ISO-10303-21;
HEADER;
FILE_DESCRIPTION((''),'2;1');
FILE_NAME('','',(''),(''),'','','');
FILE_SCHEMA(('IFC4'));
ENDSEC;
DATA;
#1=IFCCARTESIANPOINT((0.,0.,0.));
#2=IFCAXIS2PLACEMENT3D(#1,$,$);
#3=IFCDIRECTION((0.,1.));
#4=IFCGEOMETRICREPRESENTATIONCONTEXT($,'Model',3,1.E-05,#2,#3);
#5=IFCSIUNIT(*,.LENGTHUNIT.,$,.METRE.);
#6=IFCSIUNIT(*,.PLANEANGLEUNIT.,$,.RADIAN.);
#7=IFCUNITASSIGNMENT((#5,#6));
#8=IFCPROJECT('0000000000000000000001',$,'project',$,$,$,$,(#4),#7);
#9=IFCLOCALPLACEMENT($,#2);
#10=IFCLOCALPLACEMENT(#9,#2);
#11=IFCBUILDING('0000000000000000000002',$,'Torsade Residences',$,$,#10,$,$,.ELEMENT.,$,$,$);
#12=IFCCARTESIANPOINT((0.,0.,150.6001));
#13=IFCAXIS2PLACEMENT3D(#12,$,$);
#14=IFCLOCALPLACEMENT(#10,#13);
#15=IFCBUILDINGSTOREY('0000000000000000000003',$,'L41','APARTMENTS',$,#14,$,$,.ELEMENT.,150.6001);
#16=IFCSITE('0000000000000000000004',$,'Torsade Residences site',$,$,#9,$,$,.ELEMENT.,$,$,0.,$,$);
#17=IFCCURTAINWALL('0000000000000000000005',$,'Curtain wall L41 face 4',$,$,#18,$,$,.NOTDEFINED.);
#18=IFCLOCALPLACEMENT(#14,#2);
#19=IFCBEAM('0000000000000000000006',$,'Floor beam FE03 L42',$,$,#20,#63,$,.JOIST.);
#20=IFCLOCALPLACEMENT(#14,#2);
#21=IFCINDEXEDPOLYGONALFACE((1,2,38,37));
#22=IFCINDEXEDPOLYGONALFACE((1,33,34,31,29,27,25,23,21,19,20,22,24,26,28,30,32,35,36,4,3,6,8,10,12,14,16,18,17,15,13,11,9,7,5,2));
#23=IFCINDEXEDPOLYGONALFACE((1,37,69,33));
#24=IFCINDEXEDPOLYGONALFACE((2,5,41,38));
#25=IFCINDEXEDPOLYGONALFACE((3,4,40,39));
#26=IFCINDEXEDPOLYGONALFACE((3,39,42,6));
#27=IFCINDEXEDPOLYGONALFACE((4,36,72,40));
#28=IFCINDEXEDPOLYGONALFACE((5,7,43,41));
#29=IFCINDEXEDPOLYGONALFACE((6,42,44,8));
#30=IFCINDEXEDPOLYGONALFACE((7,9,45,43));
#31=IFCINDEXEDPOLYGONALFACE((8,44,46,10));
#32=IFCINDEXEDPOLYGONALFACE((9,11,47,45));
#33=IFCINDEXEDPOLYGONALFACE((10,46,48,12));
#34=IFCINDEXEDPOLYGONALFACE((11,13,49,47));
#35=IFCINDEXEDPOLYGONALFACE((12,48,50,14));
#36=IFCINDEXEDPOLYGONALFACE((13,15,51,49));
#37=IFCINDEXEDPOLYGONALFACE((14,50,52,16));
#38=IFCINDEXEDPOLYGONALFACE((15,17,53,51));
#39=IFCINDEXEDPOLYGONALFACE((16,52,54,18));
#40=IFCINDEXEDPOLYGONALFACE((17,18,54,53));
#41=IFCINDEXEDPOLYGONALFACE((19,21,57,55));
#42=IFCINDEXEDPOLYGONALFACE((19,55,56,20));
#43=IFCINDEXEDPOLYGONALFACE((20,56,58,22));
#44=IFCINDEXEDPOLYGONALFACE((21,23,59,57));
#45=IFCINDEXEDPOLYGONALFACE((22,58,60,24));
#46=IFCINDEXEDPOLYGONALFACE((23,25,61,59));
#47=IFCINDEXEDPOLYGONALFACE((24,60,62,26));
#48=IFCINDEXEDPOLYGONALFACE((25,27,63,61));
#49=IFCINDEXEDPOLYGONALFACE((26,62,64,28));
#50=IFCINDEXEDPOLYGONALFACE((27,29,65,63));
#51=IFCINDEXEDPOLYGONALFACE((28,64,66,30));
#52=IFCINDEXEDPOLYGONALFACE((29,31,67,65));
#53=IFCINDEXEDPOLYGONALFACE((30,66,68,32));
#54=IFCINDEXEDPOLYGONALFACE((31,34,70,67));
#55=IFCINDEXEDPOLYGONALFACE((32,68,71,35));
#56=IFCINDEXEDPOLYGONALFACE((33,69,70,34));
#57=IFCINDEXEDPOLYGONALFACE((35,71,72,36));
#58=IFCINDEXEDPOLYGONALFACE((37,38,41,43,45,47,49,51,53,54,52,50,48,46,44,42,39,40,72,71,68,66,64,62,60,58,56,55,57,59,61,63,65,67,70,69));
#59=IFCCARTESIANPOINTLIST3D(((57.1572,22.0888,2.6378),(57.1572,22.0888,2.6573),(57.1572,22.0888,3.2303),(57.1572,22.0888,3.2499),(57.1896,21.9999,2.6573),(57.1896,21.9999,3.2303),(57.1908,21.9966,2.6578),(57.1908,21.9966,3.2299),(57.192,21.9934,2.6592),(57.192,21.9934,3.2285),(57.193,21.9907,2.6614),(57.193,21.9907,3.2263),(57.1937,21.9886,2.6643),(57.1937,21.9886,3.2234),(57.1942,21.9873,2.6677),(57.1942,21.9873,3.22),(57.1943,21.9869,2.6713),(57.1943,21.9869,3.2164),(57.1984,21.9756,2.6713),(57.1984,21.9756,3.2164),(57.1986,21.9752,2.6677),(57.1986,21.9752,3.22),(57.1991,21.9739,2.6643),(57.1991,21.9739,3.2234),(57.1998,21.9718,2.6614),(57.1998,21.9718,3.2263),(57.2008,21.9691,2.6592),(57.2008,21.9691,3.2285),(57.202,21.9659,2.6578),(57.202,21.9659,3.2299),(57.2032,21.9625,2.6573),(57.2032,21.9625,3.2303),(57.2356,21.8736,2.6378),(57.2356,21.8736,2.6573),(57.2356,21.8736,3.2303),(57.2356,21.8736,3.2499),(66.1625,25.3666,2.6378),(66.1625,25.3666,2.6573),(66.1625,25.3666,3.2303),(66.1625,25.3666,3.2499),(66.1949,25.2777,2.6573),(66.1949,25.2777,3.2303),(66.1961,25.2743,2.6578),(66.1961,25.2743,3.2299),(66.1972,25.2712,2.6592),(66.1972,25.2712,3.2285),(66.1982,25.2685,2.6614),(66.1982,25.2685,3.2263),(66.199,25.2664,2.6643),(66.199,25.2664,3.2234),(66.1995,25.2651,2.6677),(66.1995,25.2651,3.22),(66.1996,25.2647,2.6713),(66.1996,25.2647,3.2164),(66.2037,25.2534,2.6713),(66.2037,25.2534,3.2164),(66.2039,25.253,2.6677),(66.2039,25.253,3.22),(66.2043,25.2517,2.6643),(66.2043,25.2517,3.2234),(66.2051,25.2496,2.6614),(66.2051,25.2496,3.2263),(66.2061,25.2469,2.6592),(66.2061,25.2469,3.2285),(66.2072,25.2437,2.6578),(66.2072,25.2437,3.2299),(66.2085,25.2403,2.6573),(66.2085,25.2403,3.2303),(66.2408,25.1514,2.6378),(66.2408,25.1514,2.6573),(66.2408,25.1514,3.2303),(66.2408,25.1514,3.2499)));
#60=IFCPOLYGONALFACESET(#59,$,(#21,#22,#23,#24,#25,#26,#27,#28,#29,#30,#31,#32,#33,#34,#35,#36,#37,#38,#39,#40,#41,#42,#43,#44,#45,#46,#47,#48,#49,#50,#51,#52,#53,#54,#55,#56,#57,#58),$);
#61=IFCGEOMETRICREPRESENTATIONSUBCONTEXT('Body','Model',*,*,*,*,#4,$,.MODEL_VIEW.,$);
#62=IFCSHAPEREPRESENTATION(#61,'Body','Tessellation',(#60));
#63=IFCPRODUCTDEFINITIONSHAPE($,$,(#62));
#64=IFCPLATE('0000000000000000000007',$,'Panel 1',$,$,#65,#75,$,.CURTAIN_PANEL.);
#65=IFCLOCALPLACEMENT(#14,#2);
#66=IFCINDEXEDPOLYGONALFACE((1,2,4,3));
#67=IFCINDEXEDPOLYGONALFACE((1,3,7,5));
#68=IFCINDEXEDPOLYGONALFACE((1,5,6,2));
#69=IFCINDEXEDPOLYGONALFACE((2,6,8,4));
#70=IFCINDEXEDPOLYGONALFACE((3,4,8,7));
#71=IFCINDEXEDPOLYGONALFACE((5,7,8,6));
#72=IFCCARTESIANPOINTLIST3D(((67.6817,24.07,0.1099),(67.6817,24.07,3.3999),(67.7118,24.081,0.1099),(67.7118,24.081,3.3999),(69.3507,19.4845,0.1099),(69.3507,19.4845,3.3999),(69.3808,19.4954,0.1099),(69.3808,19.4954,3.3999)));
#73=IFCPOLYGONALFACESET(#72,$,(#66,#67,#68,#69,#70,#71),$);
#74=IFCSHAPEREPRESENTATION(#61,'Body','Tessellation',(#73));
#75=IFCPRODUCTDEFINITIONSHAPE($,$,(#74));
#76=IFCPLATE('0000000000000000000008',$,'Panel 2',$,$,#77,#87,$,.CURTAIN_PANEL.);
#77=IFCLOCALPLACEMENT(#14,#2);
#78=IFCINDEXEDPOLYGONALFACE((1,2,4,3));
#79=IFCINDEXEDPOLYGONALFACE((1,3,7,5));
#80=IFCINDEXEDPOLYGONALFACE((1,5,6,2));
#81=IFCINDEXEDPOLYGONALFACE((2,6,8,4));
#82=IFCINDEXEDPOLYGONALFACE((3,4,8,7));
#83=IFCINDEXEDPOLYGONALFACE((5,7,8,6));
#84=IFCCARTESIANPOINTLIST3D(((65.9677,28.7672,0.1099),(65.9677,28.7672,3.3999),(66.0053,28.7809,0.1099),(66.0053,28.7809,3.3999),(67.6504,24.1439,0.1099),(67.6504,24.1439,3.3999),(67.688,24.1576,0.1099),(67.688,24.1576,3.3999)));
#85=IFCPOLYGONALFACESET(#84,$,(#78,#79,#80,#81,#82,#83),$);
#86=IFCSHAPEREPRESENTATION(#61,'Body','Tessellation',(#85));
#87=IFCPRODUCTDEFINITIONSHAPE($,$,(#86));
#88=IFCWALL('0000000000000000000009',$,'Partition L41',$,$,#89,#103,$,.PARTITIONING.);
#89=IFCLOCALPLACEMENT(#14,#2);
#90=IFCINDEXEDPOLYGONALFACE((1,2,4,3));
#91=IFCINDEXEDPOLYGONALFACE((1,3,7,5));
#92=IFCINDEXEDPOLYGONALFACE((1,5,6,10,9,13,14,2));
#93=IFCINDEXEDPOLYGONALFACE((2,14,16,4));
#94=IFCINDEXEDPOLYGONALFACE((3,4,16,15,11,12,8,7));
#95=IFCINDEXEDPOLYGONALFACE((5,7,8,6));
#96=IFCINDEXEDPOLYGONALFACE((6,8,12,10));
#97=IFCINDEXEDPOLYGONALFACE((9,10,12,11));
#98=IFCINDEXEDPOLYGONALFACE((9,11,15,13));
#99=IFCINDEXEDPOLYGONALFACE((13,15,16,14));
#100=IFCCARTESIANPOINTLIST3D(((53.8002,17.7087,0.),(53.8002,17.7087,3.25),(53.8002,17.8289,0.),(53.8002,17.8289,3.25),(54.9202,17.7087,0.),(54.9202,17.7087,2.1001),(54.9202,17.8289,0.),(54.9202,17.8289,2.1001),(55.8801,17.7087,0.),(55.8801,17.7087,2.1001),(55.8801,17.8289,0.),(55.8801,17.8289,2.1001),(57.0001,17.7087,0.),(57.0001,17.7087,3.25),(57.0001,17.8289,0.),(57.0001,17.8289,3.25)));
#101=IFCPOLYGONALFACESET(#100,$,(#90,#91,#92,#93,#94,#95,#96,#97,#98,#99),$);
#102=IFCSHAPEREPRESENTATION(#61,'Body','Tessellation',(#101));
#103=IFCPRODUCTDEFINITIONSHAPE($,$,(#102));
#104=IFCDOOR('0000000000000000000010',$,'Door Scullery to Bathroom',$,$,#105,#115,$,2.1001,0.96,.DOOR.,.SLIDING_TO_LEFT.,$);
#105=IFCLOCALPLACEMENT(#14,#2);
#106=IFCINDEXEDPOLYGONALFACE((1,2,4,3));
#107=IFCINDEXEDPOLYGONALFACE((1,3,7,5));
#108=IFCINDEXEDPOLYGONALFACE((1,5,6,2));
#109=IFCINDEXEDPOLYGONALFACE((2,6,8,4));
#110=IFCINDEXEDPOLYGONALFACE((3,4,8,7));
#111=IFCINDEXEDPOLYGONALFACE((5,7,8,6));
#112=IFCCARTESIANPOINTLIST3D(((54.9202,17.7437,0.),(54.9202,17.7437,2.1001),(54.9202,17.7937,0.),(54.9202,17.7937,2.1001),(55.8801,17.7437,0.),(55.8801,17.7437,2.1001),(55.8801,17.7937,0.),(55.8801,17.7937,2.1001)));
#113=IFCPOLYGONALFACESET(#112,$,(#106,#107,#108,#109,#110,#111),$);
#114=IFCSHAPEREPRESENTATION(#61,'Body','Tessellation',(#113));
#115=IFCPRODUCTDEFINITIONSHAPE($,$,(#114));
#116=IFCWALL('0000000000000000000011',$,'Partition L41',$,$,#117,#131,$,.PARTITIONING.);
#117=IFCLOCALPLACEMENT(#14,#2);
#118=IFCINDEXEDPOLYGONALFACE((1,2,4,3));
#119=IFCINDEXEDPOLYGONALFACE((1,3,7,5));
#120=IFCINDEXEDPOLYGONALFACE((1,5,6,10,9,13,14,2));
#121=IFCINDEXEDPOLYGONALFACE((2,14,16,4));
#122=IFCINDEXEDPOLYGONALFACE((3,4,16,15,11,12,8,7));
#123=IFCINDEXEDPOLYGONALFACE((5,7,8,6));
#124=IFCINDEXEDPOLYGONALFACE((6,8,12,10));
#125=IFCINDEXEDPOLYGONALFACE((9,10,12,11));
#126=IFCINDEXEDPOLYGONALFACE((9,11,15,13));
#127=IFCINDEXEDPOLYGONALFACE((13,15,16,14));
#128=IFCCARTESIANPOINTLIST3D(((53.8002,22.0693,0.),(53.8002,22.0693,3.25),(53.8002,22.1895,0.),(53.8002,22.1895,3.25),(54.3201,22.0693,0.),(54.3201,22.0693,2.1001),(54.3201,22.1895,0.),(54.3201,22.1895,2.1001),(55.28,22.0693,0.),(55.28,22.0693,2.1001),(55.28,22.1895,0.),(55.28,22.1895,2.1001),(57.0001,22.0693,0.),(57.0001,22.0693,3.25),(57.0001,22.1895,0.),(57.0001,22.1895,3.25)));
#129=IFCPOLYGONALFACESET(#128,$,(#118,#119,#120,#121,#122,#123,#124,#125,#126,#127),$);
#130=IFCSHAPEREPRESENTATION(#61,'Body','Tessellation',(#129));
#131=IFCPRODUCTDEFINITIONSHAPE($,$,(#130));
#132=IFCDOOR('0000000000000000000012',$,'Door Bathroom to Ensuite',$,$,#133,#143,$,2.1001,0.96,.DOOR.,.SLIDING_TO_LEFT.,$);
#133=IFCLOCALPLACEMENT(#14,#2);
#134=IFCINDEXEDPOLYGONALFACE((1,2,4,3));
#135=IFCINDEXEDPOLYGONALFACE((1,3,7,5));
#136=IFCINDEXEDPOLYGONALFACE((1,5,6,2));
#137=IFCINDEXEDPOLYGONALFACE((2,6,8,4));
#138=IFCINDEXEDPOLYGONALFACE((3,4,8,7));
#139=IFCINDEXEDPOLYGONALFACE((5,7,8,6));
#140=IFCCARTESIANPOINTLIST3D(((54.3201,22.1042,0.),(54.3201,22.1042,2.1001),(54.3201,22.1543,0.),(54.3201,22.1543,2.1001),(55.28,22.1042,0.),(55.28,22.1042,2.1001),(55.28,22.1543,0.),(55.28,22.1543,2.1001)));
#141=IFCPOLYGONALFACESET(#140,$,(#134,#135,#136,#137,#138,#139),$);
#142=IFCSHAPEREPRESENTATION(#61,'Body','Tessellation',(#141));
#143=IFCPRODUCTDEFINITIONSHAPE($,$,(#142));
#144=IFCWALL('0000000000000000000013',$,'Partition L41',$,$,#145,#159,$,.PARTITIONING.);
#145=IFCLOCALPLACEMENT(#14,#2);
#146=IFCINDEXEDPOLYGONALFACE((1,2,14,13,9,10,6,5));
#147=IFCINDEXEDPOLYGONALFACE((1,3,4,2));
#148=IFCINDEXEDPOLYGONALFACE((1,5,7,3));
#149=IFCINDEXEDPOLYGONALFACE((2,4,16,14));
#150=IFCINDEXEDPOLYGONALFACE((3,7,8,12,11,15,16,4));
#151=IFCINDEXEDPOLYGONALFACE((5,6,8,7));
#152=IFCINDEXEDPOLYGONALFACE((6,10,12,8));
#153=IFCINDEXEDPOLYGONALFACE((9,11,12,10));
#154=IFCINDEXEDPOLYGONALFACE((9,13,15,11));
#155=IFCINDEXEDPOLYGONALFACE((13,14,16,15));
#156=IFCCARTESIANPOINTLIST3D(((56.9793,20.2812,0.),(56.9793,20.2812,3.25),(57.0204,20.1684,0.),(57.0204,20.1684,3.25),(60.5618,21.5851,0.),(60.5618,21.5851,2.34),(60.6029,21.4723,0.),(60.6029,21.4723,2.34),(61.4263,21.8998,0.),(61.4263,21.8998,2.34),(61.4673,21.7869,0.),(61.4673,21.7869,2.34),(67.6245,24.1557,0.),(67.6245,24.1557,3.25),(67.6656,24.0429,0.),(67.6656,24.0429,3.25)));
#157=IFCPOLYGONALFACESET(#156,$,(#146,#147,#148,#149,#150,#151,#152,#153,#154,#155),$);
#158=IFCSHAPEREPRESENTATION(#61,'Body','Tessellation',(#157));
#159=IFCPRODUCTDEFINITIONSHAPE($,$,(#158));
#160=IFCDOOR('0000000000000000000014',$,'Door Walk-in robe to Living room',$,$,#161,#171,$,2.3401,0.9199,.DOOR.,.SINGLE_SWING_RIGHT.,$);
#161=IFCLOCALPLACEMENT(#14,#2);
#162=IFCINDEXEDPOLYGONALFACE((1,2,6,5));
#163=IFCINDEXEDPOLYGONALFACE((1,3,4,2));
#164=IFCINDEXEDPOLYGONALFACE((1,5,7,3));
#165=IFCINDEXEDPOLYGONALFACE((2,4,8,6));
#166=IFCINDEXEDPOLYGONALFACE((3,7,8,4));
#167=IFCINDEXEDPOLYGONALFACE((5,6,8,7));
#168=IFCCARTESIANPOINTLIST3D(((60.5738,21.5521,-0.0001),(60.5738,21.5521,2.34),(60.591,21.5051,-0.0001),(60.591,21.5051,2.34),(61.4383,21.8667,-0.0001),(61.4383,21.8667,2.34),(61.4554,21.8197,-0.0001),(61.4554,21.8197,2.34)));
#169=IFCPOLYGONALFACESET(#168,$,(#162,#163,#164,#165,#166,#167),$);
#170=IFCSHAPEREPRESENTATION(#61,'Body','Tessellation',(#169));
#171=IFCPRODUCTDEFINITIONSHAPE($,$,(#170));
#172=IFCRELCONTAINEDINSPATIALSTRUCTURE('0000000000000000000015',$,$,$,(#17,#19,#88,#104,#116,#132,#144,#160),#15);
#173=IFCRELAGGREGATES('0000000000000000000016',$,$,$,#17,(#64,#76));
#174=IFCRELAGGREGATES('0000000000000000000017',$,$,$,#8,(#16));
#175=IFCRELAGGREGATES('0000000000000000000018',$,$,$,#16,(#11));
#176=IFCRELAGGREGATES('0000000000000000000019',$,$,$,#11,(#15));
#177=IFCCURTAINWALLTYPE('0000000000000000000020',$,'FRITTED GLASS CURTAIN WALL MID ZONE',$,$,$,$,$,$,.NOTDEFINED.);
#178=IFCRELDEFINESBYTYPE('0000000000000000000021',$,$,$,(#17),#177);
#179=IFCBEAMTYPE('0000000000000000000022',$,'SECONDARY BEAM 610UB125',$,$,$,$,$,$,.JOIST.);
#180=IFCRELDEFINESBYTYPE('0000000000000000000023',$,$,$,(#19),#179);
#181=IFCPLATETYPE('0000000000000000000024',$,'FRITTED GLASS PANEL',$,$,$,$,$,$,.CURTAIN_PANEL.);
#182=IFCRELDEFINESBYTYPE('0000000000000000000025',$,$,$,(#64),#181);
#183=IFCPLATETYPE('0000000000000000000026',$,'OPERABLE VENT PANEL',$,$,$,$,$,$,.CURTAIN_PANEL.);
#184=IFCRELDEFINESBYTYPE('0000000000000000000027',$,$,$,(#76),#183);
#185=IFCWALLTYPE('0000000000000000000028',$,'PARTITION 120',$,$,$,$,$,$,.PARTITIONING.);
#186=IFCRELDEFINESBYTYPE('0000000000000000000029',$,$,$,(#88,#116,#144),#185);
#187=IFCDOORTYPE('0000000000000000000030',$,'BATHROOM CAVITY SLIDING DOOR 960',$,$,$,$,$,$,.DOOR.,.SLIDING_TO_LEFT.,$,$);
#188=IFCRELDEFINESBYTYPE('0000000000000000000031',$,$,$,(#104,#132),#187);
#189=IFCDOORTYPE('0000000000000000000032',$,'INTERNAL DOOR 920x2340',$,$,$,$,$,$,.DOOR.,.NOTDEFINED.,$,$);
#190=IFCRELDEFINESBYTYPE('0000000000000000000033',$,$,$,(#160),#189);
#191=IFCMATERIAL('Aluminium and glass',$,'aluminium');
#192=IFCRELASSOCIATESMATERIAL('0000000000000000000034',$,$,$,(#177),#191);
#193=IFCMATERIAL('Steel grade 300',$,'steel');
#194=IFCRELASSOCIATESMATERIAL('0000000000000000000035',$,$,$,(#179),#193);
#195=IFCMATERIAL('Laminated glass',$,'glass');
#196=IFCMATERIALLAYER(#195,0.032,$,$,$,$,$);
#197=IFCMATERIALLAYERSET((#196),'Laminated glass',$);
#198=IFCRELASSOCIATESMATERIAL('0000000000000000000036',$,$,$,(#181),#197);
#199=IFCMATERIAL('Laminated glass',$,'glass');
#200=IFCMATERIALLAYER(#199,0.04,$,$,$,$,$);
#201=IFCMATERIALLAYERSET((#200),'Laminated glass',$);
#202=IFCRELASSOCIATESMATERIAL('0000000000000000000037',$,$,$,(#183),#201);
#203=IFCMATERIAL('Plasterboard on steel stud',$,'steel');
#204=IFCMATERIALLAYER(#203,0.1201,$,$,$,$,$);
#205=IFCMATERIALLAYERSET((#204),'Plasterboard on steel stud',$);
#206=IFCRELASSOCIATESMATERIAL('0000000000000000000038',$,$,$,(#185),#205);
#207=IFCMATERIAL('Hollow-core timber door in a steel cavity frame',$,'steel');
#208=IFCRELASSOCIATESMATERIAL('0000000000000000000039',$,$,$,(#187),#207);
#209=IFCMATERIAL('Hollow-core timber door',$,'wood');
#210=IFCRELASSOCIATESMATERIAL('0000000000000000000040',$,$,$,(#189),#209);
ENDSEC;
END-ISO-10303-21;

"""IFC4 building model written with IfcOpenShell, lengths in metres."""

from ifc_helpers import new_model, si_unit, direction, frame, frame_2d, origin, origin_2d, place, context, subcontext, project, spatial, rectangle, i_section, extrude, material, layer, layer_set, material_profile, profile_set, type_object, element, fill, aggregate, save


model = new_model("IFC4")

# Units and contexts
model_context = context("Model", 3, precision=1e-05, world=origin(), true_north=direction((0.0, 1.0)))
body_context = subcontext(model_context, "Body", "Model", "MODEL_VIEW")
ifc_project = project(units=[si_unit("LENGTHUNIT", "METRE"), si_unit("PLANEANGLEUNIT", "RADIAN")], contexts=[model_context])

# Site, building, storey
site_placement = place(None, origin())
site = spatial("IfcSite", under=ifc_project, at=site_placement, Name="Torsade Residences site", CompositionType="ELEMENT", RefElevation=0.0)
building_placement = place(site_placement, origin())
building = spatial("IfcBuilding", under=site, at=building_placement, Name="Torsade Residences", CompositionType="ELEMENT")
storey_placement = place(building_placement, frame((0.0, 0.0, 150.6001)))
storey = spatial("IfcBuildingStorey", under=building, at=storey_placement, Name="L41", Description="APARTMENTS", CompositionType="ELEMENT", Elevation=150.6001)

# Curtain wall
ifc_material_1 = material(Name="Aluminium and glass", Category="aluminium")
curtain_wall_type = type_object("IfcCurtainWallType", Name="FRITTED GLASS CURTAIN WALL MID ZONE", PredefinedType="NOTDEFINED", material=ifc_material_1)
curtain_wall_placement = place(storey_placement, origin())
curtain_wall = element("IfcCurtainWall", 1, at=curtain_wall_placement, inside=storey, type_object=curtain_wall_type, Name="Curtain wall L41 face 4", PredefinedType="NOTDEFINED")

# Beam
ifc_material_2 = material(Name="Steel grade 300", Category="steel")
ifc_material_profile_1 = material_profile(ifc_material_2, i_section(OverallWidth=0.229, OverallDepth=0.6121, WebThickness=0.012, FlangeThickness=0.0195, FilletRadius=0.0139, at=origin_2d()), Name="610UB125")
ifc_profile_set_1 = profile_set([ifc_material_profile_1], Name="Steel grade 300")
beam_type_1 = type_object("IfcBeamType", Name="SECONDARY BEAM 610UB125", PredefinedType="JOIST", material=ifc_profile_set_1)
beam_1_placement = place(storey_placement, frame((66.2017, 25.259, 2.9438), z_axis=(-0.939688, -0.342034, 0.0), x_axis=(0.342034, -0.939688, 0.0)))
element("IfcBeam", 2, at=beam_1_placement, inside=storey, type_object=beam_type_1, Name="Floor beam FE03 L42", PredefinedType="JOIST", context=body_context, shape_type="SweptSolid", body=[
    extrude(i_section(OverallWidth=0.229, OverallDepth=0.6121, WebThickness=0.012, FlangeThickness=0.0195, FilletRadius=0.0139, at=origin_2d()), origin(), (0.0, 0.0, 1.0), 9.5833),
])

# Plates
ifc_material_3 = material(Name="Laminated glass", Category="glass")
ifc_layer_1 = layer(ifc_material_3, 0.032)
ifc_layer_set_1 = layer_set([ifc_layer_1], Name="Laminated glass")
plate_type_1 = type_object("IfcPlateType", Name="FRITTED GLASS PANEL", PredefinedType="CURTAIN_PANEL", material=ifc_layer_set_1)
plate_1_placement = place(storey_placement, frame((68.5312, 21.7827, 0.1099), z_axis=(0.0, 0.0, 1.0), x_axis=(-0.34202, 0.939693, 0.0)))
plate_1 = element("IfcPlate", 3, at=plate_1_placement, type_object=plate_type_1, Name="Panel 1", PredefinedType="CURTAIN_PANEL", context=body_context, shape_type="SweptSolid", body=[
    extrude(rectangle(XDim=4.8799, YDim=0.032, at=origin_2d()), origin(), (0.0, 0.0, 1.0), 3.29),
])
ifc_material_4 = material(Name="Laminated glass", Category="glass")
ifc_layer_2 = layer(ifc_material_4, 0.04)
ifc_layer_set_2 = layer_set([ifc_layer_2], Name="Laminated glass")
plate_type_2 = type_object("IfcPlateType", Name="OPERABLE VENT PANEL", PredefinedType="CURTAIN_PANEL", material=ifc_layer_set_2)
plate_2_placement = place(storey_placement, frame((66.8279, 26.4624, 0.1099), z_axis=(0.0, 0.0, 1.0), x_axis=(-0.34202, 0.939693, 0.0)))
plate_2 = element("IfcPlate", 4, at=plate_2_placement, type_object=plate_type_2, Name="Panel 2", PredefinedType="CURTAIN_PANEL", context=body_context, shape_type="SweptSolid", body=[
    extrude(rectangle(XDim=4.9199, YDim=0.04, at=origin_2d()), origin(), (0.0, 0.0, 1.0), 3.29),
])
aggregate(curtain_wall, [plate_1, plate_2])

# Walls, openings, doors
ifc_material_5 = material(Name="Plasterboard on steel stud", Category="steel")
ifc_layer_3 = layer(ifc_material_5, 0.1201)
ifc_layer_set_3 = layer_set([ifc_layer_3], Name="Plasterboard on steel stud")
wall_type_1 = type_object("IfcWallType", Name="PARTITION 120", PredefinedType="PARTITIONING", material=ifc_layer_set_3)
wall_1_placement = place(storey_placement, frame((53.8, 17.7688, 0.0), z_axis=(0.0, 0.0, 1.0), x_axis=(1.0, 0.0, 0.0)))
wall_1 = element("IfcWall", 5, at=wall_1_placement, inside=storey, type_object=wall_type_1, Name="Partition L41", PredefinedType="PARTITIONING", context=body_context, shape_type="SweptSolid", body=[
    extrude(rectangle(XDim=3.2, YDim=0.1201, at=frame_2d((1.6001, 0.0))), origin(), (0.0, 0.0, 1.0), 3.25),
])
opening_1_placement = place(wall_1_placement, frame((1.1201, 0.0, 0.0)))
opening_1 = element("IfcOpeningElement", 6, at=opening_1_placement, cuts=wall_1, PredefinedType="OPENING", context=body_context, shape_type="SweptSolid", body=[
    extrude(rectangle(XDim=0.96, YDim=2.1001, at=frame_2d((0.48, 1.05))), frame((0.0, 0.0701, 0.0), z_axis=(0.0, -1.0, 0.0), x_axis=(1.0, 0.0, 0.0)), (0.0, 0.0, 1.0), 0.1401),
])
ifc_material_6 = material(Name="Hollow-core timber door in a steel cavity frame", Category="steel")
door_type_1 = type_object("IfcDoorType", Name="BATHROOM CAVITY SLIDING DOOR 960", OperationType="SLIDING_TO_LEFT", PredefinedType="DOOR", material=ifc_material_6)
door_1_placement = place(opening_1_placement, origin())
door_1 = element("IfcDoor", 7, at=door_1_placement, inside=storey, type_object=door_type_1, Name="Door Scullery to Bathroom", OperationType="SLIDING_TO_LEFT", OverallHeight=2.1001, OverallWidth=0.96, PredefinedType="DOOR", context=body_context, shape_type="SweptSolid", body=[
    extrude(rectangle(XDim=0.96, YDim=2.1001, at=frame_2d((0.48, 1.05))), frame((0.0, 0.0249, 0.0), z_axis=(0.0, -1.0, 0.0), x_axis=(1.0, 0.0, 0.0)), (0.0, 0.0, 1.0), 0.05),
])
fill(opening_1, door_1)
wall_2_placement = place(storey_placement, frame((53.8, 22.1294, 0.0), z_axis=(0.0, 0.0, 1.0), x_axis=(1.0, 0.0, 0.0)))
wall_2 = element("IfcWall", 8, at=wall_2_placement, inside=storey, type_object=wall_type_1, Name="Partition L41", PredefinedType="PARTITIONING", context=body_context, shape_type="SweptSolid", body=[
    extrude(rectangle(XDim=3.2, YDim=0.1201, at=frame_2d((1.6001, 0.0))), origin(), (0.0, 0.0, 1.0), 3.25),
])
opening_2_placement = place(wall_2_placement, frame((0.52, 0.0, 0.0)))
opening_2 = element("IfcOpeningElement", 9, at=opening_2_placement, cuts=wall_2, PredefinedType="OPENING", context=body_context, shape_type="SweptSolid", body=[
    extrude(rectangle(XDim=0.96, YDim=2.1001, at=frame_2d((0.48, 1.05))), frame((0.0, 0.0701, 0.0), z_axis=(0.0, -1.0, 0.0), x_axis=(1.0, 0.0, 0.0)), (0.0, 0.0, 1.0), 0.1401),
])
door_2_placement = place(opening_2_placement, origin())
door_2 = element("IfcDoor", 10, at=door_2_placement, inside=storey, type_object=door_type_1, Name="Door Bathroom to Ensuite", OperationType="SLIDING_TO_LEFT", OverallHeight=2.1001, OverallWidth=0.96, PredefinedType="DOOR", context=body_context, shape_type="SweptSolid", body=[
    extrude(rectangle(XDim=0.96, YDim=2.1001, at=frame_2d((0.48, 1.05))), frame((0.0, 0.0249, 0.0), z_axis=(0.0, -1.0, 0.0), x_axis=(1.0, 0.0, 0.0)), (0.0, 0.0, 1.0), 0.05),
])
fill(opening_2, door_2)
wall_3_placement = place(storey_placement, frame((57.0, 20.2249, 0.0), z_axis=(0.0, 0.0, 1.0), x_axis=(0.939694, 0.342016, 0.0)))
wall_3 = element("IfcWall", 11, at=wall_3_placement, inside=storey, type_object=wall_type_1, Name="Partition L41", PredefinedType="PARTITIONING", context=body_context, shape_type="SweptSolid", body=[
    extrude(rectangle(XDim=11.3284, YDim=0.1201, at=frame_2d((5.6641, 0.0))), origin(), (0.0, 0.0, 1.0), 3.25),
])
opening_3_placement = place(wall_3_placement, frame((3.8123, 0.0, 0.0)))
opening_3 = element("IfcOpeningElement", 12, at=opening_3_placement, cuts=wall_3, PredefinedType="OPENING", context=body_context, shape_type="SweptSolid", body=[
    extrude(rectangle(XDim=0.9199, YDim=2.3401, at=frame_2d((0.46, 1.1699))), frame((0.0, 0.0701, 0.0), z_axis=(0.0, -1.0, 0.0), x_axis=(1.0, 0.0, 0.0)), (0.0, 0.0, 1.0), 0.1401),
])
ifc_material_7 = material(Name="Hollow-core timber door", Category="wood")
door_type_2 = type_object("IfcDoorType", Name="INTERNAL DOOR 920x2340", OperationType="NOTDEFINED", PredefinedType="DOOR", material=ifc_material_7)
door_3_placement = place(opening_3_placement, origin())
door_3 = element("IfcDoor", 13, at=door_3_placement, inside=storey, type_object=door_type_2, Name="Door Walk-in robe to Living room", OperationType="SINGLE_SWING_RIGHT", OverallHeight=2.3401, OverallWidth=0.9199, PredefinedType="DOOR", context=body_context, shape_type="SweptSolid", body=[
    extrude(rectangle(XDim=0.9199, YDim=2.3401, at=frame_2d((0.46, 1.1699))), frame((0.0, 0.0249, 0.0), z_axis=(0.0, -1.0, 0.0), x_axis=(1.0, 0.0, 0.0)), (0.0, 0.0, 1.0), 0.05),
])
fill(opening_3, door_3)

save(model, "model.ifc")
